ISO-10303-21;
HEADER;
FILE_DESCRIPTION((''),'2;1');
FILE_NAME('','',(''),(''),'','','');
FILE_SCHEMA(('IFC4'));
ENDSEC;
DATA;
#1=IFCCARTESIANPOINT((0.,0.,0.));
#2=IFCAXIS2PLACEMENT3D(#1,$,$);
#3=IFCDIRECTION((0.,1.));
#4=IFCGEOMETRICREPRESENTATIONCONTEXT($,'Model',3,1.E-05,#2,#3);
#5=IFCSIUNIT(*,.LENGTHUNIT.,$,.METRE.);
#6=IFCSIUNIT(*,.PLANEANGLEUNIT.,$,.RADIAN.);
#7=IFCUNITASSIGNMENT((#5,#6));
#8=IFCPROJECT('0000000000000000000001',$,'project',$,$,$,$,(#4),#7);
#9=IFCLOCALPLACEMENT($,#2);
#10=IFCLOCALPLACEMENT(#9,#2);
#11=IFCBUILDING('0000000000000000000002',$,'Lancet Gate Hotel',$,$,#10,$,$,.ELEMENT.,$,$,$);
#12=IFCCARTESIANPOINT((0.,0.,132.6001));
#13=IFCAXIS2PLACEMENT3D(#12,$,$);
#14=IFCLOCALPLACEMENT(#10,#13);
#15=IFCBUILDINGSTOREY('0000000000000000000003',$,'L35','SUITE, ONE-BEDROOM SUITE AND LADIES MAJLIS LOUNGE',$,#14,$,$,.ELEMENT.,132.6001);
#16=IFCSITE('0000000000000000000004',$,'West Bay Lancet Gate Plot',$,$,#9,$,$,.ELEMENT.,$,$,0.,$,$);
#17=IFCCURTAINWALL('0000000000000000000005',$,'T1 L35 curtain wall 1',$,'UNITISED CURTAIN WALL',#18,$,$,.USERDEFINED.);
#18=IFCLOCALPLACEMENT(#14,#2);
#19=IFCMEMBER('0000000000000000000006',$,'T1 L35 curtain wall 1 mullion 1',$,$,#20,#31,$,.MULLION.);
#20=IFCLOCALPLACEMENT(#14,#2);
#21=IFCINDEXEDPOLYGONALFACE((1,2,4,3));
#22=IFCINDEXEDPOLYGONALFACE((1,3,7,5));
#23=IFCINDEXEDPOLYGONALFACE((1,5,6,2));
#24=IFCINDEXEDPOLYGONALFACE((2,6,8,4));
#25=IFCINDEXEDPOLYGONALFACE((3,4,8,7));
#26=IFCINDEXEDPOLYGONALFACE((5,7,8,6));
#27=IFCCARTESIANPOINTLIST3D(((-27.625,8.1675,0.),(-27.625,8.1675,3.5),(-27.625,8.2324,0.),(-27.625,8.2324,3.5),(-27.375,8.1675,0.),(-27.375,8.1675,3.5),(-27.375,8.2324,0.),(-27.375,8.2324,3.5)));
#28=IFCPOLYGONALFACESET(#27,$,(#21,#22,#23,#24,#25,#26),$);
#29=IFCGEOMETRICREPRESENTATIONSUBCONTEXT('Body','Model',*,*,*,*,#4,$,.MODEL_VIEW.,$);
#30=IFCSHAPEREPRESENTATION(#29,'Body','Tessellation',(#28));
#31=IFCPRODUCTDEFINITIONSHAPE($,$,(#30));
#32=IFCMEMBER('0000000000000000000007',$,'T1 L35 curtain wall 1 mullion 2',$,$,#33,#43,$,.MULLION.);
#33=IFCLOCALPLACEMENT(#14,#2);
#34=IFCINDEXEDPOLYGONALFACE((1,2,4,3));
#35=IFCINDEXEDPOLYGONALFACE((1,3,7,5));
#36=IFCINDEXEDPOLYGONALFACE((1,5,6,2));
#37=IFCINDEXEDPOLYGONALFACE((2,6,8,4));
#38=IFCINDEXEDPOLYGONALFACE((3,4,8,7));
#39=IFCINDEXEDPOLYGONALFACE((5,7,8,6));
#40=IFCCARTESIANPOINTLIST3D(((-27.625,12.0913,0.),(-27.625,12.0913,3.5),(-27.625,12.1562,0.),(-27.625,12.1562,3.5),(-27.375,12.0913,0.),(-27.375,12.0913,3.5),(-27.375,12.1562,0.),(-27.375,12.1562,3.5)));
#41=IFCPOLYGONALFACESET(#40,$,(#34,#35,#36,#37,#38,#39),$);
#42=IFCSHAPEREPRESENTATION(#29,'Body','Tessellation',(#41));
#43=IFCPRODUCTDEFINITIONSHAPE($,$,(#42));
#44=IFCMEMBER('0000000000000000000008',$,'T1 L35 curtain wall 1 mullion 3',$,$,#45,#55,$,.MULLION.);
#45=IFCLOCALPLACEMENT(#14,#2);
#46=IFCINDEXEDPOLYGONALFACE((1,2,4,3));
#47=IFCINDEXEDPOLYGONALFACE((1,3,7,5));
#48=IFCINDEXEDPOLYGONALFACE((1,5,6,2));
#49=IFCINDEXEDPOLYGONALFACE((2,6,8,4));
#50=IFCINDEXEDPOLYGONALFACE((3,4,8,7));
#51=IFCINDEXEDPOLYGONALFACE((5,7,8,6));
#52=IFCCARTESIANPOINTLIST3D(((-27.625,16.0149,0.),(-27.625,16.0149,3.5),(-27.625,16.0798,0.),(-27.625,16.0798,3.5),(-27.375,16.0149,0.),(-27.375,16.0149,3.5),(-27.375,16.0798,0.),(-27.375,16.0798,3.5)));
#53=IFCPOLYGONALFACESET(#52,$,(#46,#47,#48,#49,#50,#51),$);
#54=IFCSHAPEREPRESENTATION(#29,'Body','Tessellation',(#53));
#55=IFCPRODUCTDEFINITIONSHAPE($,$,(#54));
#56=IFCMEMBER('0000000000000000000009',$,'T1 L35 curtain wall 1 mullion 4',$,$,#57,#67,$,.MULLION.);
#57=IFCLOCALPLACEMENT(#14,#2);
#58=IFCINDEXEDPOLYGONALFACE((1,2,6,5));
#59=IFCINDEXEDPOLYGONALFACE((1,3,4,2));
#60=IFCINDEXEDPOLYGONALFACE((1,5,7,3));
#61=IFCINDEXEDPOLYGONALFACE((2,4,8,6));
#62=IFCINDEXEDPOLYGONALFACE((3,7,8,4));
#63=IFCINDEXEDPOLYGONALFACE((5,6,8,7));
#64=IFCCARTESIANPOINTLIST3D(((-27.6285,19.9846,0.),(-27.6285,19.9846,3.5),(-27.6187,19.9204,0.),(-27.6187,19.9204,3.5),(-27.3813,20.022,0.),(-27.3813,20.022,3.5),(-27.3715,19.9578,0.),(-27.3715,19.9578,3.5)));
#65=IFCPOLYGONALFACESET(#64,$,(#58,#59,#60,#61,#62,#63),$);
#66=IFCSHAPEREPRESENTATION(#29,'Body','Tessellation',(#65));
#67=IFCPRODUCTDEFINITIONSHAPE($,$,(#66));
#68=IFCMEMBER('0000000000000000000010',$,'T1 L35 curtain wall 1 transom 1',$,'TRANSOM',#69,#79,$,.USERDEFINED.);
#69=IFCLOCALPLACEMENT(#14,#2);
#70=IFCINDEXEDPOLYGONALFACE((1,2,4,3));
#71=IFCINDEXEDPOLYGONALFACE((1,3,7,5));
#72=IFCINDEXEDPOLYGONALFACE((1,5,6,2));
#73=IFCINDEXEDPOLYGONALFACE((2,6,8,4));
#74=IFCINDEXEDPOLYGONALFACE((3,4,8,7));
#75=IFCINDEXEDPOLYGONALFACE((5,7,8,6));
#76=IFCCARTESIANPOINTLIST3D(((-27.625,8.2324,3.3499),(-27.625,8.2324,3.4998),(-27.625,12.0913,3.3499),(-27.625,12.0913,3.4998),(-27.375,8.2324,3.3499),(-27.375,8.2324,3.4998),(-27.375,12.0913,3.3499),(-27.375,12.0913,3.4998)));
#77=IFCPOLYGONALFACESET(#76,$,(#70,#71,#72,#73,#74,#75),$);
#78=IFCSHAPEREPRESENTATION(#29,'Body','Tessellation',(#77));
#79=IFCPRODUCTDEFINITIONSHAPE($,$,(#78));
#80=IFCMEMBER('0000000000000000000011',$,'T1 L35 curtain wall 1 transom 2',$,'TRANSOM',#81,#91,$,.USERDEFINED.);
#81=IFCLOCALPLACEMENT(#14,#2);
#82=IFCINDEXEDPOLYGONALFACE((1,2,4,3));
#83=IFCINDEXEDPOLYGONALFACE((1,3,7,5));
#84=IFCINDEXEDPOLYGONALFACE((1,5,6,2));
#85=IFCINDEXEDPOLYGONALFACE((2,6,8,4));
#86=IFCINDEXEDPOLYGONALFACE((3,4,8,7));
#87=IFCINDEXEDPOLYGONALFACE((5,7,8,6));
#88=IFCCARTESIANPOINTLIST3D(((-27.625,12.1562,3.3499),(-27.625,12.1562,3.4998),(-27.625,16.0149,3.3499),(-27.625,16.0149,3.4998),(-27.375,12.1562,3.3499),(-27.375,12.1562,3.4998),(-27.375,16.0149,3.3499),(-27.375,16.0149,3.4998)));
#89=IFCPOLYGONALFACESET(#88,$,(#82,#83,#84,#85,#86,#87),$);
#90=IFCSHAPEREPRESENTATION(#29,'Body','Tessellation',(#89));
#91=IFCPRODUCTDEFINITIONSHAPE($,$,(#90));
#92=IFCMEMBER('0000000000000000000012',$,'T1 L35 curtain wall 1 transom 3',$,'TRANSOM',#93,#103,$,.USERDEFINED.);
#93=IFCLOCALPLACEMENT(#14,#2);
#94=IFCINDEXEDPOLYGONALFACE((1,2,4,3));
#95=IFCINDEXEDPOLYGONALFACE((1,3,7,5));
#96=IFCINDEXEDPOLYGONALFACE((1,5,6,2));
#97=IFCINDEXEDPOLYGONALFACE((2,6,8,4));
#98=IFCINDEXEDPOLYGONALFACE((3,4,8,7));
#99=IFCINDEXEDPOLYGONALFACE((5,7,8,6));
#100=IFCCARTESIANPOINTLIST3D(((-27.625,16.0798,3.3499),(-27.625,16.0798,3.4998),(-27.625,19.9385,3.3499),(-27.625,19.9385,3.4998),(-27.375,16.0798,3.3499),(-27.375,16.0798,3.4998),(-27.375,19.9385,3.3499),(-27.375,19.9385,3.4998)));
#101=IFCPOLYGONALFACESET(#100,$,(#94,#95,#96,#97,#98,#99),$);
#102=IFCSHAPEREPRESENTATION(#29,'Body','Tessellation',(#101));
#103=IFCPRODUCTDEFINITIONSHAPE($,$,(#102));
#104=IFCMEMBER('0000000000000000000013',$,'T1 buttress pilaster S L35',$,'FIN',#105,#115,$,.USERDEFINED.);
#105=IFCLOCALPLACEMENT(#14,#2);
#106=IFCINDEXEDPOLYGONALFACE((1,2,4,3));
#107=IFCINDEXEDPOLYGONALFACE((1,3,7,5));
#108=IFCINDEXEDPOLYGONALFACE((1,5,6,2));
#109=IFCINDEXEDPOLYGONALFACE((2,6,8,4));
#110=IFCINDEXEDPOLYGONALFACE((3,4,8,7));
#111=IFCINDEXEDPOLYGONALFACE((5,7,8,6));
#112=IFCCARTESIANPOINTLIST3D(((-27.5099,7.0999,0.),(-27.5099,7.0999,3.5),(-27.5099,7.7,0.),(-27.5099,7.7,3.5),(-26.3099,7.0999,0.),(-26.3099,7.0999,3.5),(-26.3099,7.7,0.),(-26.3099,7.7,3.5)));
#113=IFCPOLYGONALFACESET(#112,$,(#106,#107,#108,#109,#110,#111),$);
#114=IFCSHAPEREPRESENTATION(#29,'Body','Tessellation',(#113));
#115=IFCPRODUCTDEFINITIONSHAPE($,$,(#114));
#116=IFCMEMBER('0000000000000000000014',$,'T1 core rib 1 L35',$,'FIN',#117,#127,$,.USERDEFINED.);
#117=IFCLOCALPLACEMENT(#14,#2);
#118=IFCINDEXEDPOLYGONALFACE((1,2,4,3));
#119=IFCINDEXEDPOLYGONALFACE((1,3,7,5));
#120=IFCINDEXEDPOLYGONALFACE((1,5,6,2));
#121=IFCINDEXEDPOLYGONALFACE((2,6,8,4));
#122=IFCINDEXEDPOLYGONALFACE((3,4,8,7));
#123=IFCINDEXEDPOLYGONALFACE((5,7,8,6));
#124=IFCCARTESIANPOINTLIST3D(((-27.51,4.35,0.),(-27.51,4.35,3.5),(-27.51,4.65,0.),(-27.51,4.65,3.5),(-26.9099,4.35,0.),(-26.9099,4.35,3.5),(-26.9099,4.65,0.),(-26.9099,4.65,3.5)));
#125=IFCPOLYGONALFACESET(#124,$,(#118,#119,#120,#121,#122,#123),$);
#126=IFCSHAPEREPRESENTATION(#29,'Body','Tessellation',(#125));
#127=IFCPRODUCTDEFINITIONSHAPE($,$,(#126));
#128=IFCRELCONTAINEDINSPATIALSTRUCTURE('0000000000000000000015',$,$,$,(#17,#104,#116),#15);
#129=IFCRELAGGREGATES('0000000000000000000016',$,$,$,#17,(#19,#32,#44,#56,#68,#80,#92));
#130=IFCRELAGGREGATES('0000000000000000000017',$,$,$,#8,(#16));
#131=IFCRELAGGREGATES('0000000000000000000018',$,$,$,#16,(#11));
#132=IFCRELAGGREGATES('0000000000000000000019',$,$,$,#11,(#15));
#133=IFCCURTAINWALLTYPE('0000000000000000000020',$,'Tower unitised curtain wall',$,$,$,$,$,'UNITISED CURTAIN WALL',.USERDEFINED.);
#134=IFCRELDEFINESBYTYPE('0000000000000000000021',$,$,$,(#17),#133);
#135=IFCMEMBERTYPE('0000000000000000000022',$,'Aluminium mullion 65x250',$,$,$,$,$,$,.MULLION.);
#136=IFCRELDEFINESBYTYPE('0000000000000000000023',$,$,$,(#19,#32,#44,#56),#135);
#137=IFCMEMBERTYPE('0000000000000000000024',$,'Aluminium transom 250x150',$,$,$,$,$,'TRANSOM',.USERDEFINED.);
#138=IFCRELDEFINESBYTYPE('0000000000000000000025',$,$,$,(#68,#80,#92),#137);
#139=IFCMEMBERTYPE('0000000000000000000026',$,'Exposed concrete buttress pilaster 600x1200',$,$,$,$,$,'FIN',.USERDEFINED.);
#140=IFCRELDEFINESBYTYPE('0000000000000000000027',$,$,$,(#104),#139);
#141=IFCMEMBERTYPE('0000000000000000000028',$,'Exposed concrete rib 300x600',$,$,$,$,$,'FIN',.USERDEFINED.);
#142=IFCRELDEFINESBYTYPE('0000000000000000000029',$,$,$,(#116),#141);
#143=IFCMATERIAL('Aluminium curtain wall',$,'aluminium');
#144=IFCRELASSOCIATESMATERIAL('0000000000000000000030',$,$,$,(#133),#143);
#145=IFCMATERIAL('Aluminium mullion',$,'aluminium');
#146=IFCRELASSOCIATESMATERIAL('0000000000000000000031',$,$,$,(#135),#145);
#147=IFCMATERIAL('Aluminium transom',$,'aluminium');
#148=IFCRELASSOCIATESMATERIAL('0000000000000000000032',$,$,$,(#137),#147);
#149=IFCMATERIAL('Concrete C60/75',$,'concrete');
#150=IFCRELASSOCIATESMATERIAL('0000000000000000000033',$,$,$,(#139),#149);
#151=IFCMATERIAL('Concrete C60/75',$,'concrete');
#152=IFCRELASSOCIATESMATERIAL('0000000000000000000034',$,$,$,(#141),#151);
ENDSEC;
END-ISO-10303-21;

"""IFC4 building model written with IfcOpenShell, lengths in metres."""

from ifc_helpers import new_model, si_unit, direction, frame, origin, origin_2d, place, context, subcontext, project, spatial, rectangle, extrude, material, material_profile, profile_set, type_object, element, aggregate, save


model = new_model("IFC4")

# Units and contexts
model_context = context("Model", 3, precision=1e-05, world=origin(), true_north=direction((0.0, 1.0)))
body_context = subcontext(model_context, "Body", "Model", "MODEL_VIEW")
ifc_project = project(units=[si_unit("LENGTHUNIT", "METRE"), si_unit("PLANEANGLEUNIT", "RADIAN")], contexts=[model_context])

# Site, building, storey
site_placement = place(None, origin())
site = spatial("IfcSite", under=ifc_project, at=site_placement, Name="West Bay Lancet Gate Plot", CompositionType="ELEMENT", RefElevation=0.0)
building_placement = place(site_placement, origin())
building = spatial("IfcBuilding", under=site, at=building_placement, Name="Lancet Gate Hotel", CompositionType="ELEMENT")
storey_placement = place(building_placement, frame((0.0, 0.0, 132.6001)))
storey = spatial("IfcBuildingStorey", under=building, at=storey_placement, Name="L35", Description="SUITE, ONE-BEDROOM SUITE AND LADIES MAJLIS LOUNGE", CompositionType="ELEMENT", Elevation=132.6001)

# Curtain wall, members
ifc_material_1 = material(Name="Aluminium curtain wall", Category="aluminium")
curtain_wall_type = type_object("IfcCurtainWallType", Name="Tower unitised curtain wall", ElementType="UNITISED CURTAIN WALL", PredefinedType="USERDEFINED", material=ifc_material_1)
curtain_wall_placement = place(storey_placement, origin())
curtain_wall = element("IfcCurtainWall", 1, at=curtain_wall_placement, inside=storey, type_object=curtain_wall_type, Name="T1 L35 curtain wall 1", ObjectType="UNITISED CURTAIN WALL", PredefinedType="USERDEFINED")
ifc_material_2 = material(Name="Aluminium mullion", Category="aluminium")
ifc_material_profile_1 = material_profile(ifc_material_2, rectangle(XDim=0.0649, YDim=0.25, at=origin_2d()), Name="MULLION 65x250")
ifc_profile_set_1 = profile_set([ifc_material_profile_1], Name="Aluminium mullion")
member_type_1 = type_object("IfcMemberType", Name="Aluminium mullion 65x250", PredefinedType="MULLION", material=ifc_profile_set_1)
member_1_placement = place(storey_placement, frame((-27.5, 8.2, 0.0), z_axis=(0.0, 0.0, 1.0), x_axis=(0.0, 1.0, 0.0)))
member_1 = element("IfcMember", 2, at=member_1_placement, type_object=member_type_1, Name="T1 L35 curtain wall 1 mullion 1", PredefinedType="MULLION", context=body_context, shape_type="SweptSolid", body=[
    extrude(rectangle(XDim=0.0649, YDim=0.25, at=origin_2d()), origin(), (0.0, 0.0, 1.0), 3.5),
])
member_2_placement = place(storey_placement, frame((-27.5, 12.1238, 0.0), z_axis=(0.0, 0.0, 1.0), x_axis=(0.0, 1.0, 0.0)))
member_2 = element("IfcMember", 3, at=member_2_placement, type_object=member_type_1, Name="T1 L35 curtain wall 1 mullion 2", PredefinedType="MULLION", context=body_context, shape_type="SweptSolid", body=[
    extrude(rectangle(XDim=0.0649, YDim=0.25, at=origin_2d()), origin(), (0.0, 0.0, 1.0), 3.5),
])
member_3_placement = place(storey_placement, frame((-27.5, 16.0474, 0.0), z_axis=(0.0, 0.0, 1.0), x_axis=(0.0, 1.0, 0.0)))
member_3 = element("IfcMember", 4, at=member_3_placement, type_object=member_type_1, Name="T1 L35 curtain wall 1 mullion 3", PredefinedType="MULLION", context=body_context, shape_type="SweptSolid", body=[
    extrude(rectangle(XDim=0.0649, YDim=0.25, at=origin_2d()), origin(), (0.0, 0.0, 1.0), 3.5),
])
member_4_placement = place(storey_placement, frame((-27.5, 19.9712, 0.0), z_axis=(0.0, 0.0, 1.0), x_axis=(-0.149634, 0.988741, 0.0)))
member_4 = element("IfcMember", 5, at=member_4_placement, type_object=member_type_1, Name="T1 L35 curtain wall 1 mullion 4", PredefinedType="MULLION", context=body_context, shape_type="SweptSolid", body=[
    extrude(rectangle(XDim=0.0649, YDim=0.25, at=origin_2d()), origin(), (0.0, 0.0, 1.0), 3.5),
])
ifc_material_3 = material(Name="Aluminium transom", Category="aluminium")
ifc_material_profile_2 = material_profile(ifc_material_3, rectangle(XDim=0.25, YDim=0.1499, at=origin_2d()), Name="TRANSOM 250x150")
ifc_profile_set_2 = profile_set([ifc_material_profile_2], Name="Aluminium transom")
member_type_2 = type_object("IfcMemberType", Name="Aluminium transom 250x150", ElementType="TRANSOM", PredefinedType="USERDEFINED", material=ifc_profile_set_2)
member_5_placement = place(storey_placement, frame((-27.5, 8.2324, 3.4248), z_axis=(0.0, 1.0, 0.0), x_axis=(-1.0, 0.0, 0.0)))
member_5 = element("IfcMember", 6, at=member_5_placement, type_object=member_type_2, Name="T1 L35 curtain wall 1 transom 1", ObjectType="TRANSOM", PredefinedType="USERDEFINED", context=body_context, shape_type="SweptSolid", body=[
    extrude(rectangle(XDim=0.25, YDim=0.1499, at=origin_2d()), origin(), (0.0, 0.0, 1.0), 3.8589),
])
member_6_placement = place(storey_placement, frame((-27.5, 12.1562, 3.4248), z_axis=(0.0, 1.0, 0.0), x_axis=(-1.0, 0.0, 0.0)))
member_6 = element("IfcMember", 7, at=member_6_placement, type_object=member_type_2, Name="T1 L35 curtain wall 1 transom 2", ObjectType="TRANSOM", PredefinedType="USERDEFINED", context=body_context, shape_type="SweptSolid", body=[
    extrude(rectangle(XDim=0.25, YDim=0.1499, at=origin_2d()), origin(), (0.0, 0.0, 1.0), 3.8586),
])
member_7_placement = place(storey_placement, frame((-27.5, 16.0798, 3.4248), z_axis=(0.0, 1.0, 0.0), x_axis=(-1.0, 0.0, 0.0)))
member_7 = element("IfcMember", 8, at=member_7_placement, type_object=member_type_2, Name="T1 L35 curtain wall 1 transom 3", ObjectType="TRANSOM", PredefinedType="USERDEFINED", context=body_context, shape_type="SweptSolid", body=[
    extrude(rectangle(XDim=0.25, YDim=0.1499, at=origin_2d()), origin(), (0.0, 0.0, 1.0), 3.8586),
])

# Members
ifc_material_4 = material(Name="Concrete C60/75", Category="concrete")
ifc_material_profile_3 = material_profile(ifc_material_4, rectangle(XDim=0.6001, YDim=1.2, at=origin_2d()), Name="FIN 600x1200")
ifc_profile_set_3 = profile_set([ifc_material_profile_3], Name="Concrete C60/75")
member_type_3 = type_object("IfcMemberType", Name="Exposed concrete buttress pilaster 600x1200", ElementType="FIN", PredefinedType="USERDEFINED", material=ifc_profile_set_3)
member_8_placement = place(storey_placement, frame((-26.9099, 7.3999, 0.0), z_axis=(0.0, 0.0, 1.0), x_axis=(0.0, 1.0, 0.0)))
element("IfcMember", 9, at=member_8_placement, inside=storey, type_object=member_type_3, Name="T1 buttress pilaster S L35", ObjectType="FIN", PredefinedType="USERDEFINED", context=body_context, shape_type="SweptSolid", body=[
    extrude(rectangle(XDim=0.6001, YDim=1.2, at=origin_2d()), origin(), (0.0, 0.0, 1.0), 3.5),
])
ifc_material_5 = material(Name="Concrete C60/75", Category="concrete")
ifc_material_profile_4 = material_profile(ifc_material_5, rectangle(XDim=0.3, YDim=0.6001, at=origin_2d()), Name="FIN 300x600")
ifc_profile_set_4 = profile_set([ifc_material_profile_4], Name="Concrete C60/75")
member_type_4 = type_object("IfcMemberType", Name="Exposed concrete rib 300x600", ElementType="FIN", PredefinedType="USERDEFINED", material=ifc_profile_set_4)
member_9_placement = place(storey_placement, frame((-27.21, 4.5, 0.0), z_axis=(0.0, 0.0, 1.0), x_axis=(0.0, 1.0, 0.0)))
element("IfcMember", 10, at=member_9_placement, inside=storey, type_object=member_type_4, Name="T1 core rib 1 L35", ObjectType="FIN", PredefinedType="USERDEFINED", context=body_context, shape_type="SweptSolid", body=[
    extrude(rectangle(XDim=0.3, YDim=0.6001, at=origin_2d()), origin(), (0.0, 0.0, 1.0), 3.5),
])

aggregate(curtain_wall, [member_1, member_2, member_3, member_4, member_5, member_6, member_7])

save(model, "model.ifc")
